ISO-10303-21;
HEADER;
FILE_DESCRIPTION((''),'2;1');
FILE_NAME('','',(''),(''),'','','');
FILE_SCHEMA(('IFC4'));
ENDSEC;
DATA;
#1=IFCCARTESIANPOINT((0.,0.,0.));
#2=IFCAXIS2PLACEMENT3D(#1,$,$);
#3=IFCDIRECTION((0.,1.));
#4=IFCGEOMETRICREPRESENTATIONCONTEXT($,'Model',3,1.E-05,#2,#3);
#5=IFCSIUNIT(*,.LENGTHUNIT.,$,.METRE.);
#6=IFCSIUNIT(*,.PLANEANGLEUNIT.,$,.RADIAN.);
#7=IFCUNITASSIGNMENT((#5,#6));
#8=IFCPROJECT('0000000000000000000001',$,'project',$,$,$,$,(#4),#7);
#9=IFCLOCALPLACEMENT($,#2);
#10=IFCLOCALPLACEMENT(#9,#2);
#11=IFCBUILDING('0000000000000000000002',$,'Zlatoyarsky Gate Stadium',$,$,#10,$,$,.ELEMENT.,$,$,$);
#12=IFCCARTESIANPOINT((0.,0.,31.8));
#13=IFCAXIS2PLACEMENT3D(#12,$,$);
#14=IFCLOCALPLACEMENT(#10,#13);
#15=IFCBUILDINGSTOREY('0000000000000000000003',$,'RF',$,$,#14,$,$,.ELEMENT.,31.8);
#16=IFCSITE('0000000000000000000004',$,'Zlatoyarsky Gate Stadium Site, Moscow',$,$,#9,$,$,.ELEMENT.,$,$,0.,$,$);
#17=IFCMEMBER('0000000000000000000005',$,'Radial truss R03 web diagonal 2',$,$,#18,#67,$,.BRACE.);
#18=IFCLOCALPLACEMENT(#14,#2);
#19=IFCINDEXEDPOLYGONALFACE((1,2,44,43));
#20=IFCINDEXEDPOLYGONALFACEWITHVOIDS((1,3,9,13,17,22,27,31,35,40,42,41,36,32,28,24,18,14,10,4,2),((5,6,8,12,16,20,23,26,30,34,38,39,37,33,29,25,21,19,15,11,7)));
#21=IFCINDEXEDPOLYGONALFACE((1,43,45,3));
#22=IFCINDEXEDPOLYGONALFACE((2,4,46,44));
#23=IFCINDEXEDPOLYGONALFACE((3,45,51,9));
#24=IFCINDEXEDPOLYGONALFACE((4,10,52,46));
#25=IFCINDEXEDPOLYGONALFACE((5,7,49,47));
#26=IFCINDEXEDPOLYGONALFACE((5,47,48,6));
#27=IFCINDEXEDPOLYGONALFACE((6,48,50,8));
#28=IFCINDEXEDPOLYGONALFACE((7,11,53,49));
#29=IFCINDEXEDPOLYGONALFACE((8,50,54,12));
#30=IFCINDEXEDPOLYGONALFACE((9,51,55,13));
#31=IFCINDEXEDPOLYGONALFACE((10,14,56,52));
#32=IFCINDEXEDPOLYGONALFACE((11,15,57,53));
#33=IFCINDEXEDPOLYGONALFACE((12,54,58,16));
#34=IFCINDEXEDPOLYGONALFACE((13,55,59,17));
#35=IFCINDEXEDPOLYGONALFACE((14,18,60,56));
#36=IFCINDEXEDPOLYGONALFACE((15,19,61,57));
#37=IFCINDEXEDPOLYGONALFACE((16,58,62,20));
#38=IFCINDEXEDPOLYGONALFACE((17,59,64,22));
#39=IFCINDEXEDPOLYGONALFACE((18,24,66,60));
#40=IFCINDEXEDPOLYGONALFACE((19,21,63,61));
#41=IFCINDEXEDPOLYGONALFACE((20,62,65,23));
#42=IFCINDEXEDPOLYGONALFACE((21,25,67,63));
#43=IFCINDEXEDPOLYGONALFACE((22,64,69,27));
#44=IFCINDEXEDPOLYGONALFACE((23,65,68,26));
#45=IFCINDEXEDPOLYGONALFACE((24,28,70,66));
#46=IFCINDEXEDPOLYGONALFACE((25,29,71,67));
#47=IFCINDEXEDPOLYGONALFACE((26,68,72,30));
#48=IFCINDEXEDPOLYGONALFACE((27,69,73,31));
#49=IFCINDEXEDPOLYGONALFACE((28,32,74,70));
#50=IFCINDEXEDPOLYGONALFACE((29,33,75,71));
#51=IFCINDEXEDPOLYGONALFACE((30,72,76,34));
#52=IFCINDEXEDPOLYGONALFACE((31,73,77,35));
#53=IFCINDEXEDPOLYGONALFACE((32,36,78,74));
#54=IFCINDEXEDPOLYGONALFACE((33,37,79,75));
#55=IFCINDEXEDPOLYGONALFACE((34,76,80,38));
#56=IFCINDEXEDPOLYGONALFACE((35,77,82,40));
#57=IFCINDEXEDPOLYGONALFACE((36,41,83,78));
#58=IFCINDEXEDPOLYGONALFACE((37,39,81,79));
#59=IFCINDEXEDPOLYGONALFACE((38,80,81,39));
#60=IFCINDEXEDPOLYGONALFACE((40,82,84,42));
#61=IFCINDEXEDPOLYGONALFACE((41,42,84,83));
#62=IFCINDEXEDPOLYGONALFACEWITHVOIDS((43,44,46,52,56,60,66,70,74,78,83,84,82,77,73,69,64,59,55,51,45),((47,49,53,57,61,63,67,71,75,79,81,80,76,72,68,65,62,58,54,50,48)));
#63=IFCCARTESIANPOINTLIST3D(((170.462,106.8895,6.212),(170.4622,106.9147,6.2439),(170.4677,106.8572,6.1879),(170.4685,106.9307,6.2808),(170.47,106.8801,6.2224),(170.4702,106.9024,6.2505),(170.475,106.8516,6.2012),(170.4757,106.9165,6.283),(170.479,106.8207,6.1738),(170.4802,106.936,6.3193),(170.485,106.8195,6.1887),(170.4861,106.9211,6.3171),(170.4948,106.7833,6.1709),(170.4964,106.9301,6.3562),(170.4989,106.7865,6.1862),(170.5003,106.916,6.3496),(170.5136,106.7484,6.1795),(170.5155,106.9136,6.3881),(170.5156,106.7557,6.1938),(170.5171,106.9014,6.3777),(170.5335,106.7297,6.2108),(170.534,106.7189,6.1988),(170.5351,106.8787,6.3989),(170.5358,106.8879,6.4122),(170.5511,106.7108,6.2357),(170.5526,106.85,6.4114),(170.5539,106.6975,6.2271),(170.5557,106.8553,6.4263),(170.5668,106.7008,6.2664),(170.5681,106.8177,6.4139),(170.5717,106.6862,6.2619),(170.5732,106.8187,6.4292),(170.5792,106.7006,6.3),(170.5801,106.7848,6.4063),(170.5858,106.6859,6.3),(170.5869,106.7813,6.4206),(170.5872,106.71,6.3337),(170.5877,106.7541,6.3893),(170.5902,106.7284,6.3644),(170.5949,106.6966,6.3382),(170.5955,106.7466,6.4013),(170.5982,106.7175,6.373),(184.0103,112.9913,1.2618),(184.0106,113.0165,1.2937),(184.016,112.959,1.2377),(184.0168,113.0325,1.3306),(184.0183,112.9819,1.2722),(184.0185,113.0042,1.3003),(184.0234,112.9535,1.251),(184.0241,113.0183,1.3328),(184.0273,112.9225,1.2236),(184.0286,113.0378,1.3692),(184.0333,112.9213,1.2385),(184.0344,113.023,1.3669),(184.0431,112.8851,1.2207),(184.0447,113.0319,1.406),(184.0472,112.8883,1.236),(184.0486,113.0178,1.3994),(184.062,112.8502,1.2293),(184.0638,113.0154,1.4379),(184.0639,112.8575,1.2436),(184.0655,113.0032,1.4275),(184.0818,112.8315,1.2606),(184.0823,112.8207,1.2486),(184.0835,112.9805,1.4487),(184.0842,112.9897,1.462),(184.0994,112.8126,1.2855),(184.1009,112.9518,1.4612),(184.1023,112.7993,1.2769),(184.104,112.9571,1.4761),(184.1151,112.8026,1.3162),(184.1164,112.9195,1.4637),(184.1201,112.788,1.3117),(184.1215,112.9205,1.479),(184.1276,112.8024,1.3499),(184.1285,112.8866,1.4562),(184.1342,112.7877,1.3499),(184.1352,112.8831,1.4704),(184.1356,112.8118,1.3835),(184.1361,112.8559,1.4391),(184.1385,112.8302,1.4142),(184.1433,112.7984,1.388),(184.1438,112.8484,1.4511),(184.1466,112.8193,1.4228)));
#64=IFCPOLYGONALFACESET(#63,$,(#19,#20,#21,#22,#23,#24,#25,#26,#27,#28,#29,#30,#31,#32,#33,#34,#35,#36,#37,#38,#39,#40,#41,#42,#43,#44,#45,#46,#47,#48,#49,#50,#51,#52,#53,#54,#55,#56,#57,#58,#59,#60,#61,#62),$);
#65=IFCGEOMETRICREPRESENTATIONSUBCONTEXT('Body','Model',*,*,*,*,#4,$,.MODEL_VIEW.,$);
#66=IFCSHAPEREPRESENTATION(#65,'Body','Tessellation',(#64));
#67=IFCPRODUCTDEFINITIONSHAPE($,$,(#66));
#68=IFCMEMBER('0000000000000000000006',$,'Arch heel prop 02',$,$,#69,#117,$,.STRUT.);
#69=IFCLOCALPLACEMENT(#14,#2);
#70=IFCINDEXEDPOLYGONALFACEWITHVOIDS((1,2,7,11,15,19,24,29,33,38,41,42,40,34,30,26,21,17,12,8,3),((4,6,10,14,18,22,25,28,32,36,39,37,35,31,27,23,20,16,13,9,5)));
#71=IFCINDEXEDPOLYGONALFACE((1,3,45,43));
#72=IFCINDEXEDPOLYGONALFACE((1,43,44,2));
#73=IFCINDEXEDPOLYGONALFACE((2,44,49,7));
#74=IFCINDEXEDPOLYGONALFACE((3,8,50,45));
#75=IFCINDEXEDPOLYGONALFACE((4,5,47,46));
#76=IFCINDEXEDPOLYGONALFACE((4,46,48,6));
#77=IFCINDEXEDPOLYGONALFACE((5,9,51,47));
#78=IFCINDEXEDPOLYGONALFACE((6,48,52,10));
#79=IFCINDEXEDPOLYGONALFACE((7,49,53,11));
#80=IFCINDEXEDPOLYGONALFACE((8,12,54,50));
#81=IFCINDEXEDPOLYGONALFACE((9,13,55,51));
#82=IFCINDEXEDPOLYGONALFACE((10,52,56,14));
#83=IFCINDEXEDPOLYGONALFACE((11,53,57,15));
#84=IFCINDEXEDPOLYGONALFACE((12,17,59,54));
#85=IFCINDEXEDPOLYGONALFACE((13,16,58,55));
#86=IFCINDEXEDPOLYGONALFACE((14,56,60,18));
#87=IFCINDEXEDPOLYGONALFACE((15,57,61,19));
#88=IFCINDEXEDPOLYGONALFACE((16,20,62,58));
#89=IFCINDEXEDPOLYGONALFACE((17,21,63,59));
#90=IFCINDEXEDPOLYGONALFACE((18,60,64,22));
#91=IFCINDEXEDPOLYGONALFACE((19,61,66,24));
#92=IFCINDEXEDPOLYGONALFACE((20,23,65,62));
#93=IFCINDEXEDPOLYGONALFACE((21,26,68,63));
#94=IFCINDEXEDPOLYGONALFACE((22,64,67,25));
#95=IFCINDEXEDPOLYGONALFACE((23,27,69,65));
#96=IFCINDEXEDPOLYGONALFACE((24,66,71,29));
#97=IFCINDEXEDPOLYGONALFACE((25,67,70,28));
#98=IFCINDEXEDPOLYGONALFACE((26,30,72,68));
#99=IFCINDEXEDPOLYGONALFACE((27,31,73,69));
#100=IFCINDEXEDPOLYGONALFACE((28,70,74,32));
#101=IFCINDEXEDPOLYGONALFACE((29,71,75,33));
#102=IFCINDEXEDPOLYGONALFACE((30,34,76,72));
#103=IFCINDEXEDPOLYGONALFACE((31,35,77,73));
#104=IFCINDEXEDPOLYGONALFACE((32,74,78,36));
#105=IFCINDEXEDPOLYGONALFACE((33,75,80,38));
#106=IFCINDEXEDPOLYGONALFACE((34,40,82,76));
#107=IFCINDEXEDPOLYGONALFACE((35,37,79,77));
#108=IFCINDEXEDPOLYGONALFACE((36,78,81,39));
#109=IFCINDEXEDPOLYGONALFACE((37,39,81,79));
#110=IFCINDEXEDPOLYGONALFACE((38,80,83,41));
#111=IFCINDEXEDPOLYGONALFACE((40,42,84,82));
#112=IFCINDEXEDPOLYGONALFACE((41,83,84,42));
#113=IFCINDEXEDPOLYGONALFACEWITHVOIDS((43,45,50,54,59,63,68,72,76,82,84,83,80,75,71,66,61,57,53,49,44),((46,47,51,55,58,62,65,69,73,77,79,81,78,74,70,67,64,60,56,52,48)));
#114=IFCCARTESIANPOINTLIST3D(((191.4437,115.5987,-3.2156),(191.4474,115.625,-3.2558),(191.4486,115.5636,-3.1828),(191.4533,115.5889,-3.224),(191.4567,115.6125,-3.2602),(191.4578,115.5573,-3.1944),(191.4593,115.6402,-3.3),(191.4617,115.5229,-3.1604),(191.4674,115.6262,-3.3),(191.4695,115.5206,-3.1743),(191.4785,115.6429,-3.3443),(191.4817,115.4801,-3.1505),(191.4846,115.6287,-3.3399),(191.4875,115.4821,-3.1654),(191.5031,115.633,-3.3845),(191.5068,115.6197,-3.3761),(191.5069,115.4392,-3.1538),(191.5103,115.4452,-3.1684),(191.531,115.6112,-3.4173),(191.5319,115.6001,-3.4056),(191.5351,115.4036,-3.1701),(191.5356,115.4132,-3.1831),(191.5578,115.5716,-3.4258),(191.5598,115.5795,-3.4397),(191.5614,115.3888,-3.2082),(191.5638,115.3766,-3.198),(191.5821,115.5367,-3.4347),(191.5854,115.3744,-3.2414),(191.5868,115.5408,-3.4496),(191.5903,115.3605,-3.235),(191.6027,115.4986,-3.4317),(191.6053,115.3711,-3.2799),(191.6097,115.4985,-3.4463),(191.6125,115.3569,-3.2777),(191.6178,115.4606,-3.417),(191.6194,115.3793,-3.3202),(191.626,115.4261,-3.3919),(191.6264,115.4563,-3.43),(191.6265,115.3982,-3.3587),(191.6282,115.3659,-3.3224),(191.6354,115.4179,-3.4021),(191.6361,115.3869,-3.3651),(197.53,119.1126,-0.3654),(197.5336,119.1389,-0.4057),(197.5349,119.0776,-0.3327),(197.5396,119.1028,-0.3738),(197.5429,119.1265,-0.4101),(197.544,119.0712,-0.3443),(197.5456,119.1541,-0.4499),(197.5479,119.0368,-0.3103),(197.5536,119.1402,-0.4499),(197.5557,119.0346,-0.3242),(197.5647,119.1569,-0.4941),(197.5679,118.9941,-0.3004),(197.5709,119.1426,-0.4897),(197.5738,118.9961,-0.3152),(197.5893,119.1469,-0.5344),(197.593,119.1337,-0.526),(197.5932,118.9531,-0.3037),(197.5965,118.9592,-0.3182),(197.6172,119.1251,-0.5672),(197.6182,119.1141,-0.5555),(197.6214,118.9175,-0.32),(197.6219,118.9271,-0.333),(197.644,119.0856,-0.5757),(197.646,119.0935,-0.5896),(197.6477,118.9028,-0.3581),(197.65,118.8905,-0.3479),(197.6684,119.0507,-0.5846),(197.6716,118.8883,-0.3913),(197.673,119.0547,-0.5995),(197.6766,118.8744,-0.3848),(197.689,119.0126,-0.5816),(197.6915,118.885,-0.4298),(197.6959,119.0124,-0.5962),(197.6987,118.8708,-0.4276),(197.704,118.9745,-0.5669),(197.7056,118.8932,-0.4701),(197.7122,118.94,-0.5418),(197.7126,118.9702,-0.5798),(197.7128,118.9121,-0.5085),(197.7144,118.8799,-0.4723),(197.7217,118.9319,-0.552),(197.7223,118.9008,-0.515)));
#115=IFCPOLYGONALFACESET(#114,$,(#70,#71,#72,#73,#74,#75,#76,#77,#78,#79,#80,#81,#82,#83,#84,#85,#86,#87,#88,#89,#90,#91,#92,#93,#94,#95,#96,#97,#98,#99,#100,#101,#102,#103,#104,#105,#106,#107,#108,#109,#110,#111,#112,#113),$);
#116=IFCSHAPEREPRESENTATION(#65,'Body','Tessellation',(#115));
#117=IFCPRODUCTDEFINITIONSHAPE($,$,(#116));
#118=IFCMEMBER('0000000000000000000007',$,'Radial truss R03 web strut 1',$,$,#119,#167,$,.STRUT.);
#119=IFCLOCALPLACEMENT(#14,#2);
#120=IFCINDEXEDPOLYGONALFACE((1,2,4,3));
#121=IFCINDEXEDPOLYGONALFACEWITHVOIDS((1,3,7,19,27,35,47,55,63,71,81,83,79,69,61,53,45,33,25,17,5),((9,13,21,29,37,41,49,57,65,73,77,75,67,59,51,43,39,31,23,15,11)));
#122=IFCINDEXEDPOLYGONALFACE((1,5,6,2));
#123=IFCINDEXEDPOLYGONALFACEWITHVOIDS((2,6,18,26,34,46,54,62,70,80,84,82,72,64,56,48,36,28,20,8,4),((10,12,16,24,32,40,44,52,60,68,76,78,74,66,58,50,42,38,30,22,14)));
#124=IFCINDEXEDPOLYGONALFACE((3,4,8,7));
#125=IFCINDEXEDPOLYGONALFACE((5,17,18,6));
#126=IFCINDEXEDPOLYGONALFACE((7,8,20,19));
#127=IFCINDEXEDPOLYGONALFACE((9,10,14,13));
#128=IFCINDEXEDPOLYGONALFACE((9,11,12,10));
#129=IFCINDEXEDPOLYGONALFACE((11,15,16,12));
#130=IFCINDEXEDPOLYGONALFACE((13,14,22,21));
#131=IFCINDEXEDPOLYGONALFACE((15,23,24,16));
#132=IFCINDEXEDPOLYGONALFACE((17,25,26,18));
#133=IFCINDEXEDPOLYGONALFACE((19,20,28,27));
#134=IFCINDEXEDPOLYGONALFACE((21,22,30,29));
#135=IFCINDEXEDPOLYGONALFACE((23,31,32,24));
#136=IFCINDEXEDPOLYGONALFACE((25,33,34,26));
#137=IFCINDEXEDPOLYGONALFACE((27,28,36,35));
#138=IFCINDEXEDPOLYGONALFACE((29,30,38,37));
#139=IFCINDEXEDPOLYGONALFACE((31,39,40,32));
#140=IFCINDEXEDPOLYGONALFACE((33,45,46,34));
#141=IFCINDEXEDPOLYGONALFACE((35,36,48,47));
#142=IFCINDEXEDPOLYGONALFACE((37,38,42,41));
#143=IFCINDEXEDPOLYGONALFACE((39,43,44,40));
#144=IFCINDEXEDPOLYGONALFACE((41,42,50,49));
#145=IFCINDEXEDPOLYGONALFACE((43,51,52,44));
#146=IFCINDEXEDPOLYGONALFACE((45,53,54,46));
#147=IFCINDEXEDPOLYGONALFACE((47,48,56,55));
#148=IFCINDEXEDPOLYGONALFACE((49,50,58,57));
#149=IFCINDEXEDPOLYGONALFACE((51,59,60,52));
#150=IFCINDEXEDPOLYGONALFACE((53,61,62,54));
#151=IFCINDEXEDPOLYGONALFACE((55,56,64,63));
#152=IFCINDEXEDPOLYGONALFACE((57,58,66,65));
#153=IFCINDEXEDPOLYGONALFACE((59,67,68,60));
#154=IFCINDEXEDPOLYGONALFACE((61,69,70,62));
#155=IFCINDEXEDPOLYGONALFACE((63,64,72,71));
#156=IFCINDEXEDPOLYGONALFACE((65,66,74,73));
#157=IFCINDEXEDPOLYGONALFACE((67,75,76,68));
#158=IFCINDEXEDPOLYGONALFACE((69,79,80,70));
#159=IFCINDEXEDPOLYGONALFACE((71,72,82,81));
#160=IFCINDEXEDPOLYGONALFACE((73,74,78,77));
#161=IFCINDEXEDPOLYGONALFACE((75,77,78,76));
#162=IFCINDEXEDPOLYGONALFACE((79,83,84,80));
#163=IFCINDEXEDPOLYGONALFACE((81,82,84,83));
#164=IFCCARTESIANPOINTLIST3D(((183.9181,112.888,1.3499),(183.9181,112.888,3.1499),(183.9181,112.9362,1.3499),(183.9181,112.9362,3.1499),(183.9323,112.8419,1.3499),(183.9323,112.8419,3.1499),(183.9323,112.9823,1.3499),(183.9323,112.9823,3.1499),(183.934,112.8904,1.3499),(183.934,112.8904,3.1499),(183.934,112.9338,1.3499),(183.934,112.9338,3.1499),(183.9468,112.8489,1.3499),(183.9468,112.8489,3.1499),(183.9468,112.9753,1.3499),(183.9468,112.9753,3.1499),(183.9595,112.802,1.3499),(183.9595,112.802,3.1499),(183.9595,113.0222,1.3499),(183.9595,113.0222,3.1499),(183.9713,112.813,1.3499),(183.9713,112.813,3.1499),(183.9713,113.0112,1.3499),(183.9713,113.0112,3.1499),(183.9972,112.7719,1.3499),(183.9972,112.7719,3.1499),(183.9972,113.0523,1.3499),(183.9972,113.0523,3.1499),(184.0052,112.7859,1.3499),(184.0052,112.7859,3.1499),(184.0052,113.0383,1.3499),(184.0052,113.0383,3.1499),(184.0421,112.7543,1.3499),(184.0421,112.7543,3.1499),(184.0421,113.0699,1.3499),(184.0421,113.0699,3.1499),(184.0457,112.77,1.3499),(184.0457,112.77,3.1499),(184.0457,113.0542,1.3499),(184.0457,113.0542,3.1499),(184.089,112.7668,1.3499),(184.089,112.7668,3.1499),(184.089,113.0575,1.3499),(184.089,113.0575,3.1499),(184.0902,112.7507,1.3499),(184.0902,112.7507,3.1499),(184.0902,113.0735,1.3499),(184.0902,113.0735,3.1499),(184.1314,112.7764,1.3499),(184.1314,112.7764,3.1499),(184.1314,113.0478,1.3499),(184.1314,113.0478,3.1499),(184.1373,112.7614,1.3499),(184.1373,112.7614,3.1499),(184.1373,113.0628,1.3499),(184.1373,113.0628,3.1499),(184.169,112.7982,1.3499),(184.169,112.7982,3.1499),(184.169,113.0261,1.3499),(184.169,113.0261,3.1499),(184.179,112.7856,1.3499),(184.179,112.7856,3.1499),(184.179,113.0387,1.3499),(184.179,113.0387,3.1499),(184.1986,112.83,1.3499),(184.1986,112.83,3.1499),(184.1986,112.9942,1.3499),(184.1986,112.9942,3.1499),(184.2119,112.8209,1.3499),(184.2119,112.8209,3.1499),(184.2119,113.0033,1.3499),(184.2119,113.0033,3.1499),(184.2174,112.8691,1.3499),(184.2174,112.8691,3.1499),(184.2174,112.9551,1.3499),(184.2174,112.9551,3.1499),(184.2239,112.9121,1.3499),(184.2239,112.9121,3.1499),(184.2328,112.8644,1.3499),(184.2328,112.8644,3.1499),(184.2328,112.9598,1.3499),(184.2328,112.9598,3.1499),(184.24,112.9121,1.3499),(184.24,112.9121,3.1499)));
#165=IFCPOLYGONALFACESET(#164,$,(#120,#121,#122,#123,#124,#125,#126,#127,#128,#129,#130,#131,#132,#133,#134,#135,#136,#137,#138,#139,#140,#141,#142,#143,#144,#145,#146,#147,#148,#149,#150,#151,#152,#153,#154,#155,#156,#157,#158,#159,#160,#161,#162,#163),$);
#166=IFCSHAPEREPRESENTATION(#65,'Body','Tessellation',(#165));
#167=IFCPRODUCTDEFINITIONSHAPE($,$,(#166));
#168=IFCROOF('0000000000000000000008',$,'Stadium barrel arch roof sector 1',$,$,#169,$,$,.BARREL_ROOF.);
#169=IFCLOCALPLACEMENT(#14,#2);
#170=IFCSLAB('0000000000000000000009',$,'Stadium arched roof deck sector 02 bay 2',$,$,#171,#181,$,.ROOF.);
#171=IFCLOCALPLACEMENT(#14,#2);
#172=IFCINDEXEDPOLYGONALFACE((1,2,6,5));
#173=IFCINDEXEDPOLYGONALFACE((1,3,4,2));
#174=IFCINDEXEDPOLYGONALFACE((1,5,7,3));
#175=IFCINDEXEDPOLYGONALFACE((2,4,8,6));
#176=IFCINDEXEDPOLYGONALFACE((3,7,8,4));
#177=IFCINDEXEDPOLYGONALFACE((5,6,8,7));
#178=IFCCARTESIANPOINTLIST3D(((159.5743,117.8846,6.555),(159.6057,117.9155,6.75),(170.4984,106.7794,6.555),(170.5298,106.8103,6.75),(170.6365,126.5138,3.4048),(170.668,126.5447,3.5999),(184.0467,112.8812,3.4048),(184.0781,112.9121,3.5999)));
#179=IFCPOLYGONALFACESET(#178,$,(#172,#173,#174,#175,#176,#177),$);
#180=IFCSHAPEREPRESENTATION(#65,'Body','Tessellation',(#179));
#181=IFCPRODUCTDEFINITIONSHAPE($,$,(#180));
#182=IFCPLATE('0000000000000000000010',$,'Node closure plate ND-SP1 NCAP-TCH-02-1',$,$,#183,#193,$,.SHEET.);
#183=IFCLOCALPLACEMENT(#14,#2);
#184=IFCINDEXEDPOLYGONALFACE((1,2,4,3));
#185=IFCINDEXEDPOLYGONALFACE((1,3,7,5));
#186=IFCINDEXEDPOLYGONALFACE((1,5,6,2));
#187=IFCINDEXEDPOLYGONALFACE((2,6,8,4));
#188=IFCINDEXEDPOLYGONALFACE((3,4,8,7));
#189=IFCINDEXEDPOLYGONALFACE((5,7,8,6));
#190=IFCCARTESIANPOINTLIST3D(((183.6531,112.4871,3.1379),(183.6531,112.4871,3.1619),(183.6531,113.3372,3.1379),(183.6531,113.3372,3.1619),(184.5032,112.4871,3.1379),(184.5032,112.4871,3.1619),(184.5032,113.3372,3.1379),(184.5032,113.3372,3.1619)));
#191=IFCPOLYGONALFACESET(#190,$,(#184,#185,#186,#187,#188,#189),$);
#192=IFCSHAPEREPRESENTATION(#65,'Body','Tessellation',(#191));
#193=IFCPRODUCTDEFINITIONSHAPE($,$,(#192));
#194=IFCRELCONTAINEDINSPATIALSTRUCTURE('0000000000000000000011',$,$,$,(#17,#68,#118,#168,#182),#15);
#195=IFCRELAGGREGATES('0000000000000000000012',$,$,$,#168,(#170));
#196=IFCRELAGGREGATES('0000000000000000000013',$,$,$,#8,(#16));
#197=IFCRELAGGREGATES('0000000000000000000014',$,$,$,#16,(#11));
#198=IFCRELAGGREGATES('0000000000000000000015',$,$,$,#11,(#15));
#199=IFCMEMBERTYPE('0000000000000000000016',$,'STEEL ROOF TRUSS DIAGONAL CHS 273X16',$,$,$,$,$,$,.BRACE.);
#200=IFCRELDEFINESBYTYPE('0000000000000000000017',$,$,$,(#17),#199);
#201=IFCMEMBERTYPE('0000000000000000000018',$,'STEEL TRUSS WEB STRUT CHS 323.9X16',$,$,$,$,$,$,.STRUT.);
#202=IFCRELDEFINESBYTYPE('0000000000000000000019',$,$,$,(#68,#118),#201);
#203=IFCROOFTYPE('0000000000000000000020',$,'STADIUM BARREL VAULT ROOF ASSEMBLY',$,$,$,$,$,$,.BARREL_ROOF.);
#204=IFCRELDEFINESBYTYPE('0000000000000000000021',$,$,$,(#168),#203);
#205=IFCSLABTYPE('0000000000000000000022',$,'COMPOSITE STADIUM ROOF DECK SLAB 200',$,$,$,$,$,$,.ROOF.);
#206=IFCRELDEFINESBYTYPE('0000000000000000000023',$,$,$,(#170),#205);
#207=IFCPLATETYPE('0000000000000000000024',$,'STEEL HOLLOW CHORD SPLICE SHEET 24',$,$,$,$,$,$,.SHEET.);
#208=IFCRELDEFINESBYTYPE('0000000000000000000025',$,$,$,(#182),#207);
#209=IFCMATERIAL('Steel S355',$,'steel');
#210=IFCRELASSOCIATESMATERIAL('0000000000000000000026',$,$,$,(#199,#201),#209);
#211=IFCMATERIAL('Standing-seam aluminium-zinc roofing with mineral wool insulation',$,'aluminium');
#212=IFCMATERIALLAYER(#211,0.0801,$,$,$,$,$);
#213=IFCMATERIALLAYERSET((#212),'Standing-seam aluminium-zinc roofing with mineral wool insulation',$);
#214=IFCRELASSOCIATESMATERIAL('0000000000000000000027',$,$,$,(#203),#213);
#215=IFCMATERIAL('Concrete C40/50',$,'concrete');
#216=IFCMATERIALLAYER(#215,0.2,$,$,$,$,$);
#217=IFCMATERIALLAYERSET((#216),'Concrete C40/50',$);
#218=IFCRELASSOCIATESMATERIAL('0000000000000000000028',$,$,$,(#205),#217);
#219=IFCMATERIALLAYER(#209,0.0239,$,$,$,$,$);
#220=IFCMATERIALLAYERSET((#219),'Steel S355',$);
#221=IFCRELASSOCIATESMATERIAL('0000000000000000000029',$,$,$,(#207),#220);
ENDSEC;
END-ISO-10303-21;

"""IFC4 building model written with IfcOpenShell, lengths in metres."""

from ifc_helpers import new_model, si_unit, direction, frame, origin, origin_2d, place, context, subcontext, project, spatial, polyline, rectangle, hollow_circle, outline, extrude, material, layer, layer_set, material_profile, profile_set, type_object, element, aggregate, save


model = new_model("IFC4")

# Units and contexts
model_context = context("Model", 3, precision=1e-05, world=origin(), true_north=direction((0.0, 1.0)))
body_context = subcontext(model_context, "Body", "Model", "MODEL_VIEW")
ifc_project = project(units=[si_unit("LENGTHUNIT", "METRE"), si_unit("PLANEANGLEUNIT", "RADIAN")], contexts=[model_context])

# Site, building, storey
site_placement = place(None, origin())
site = spatial("IfcSite", under=ifc_project, at=site_placement, Name="Zlatoyarsky Gate Stadium Site, Moscow", CompositionType="ELEMENT", RefElevation=0.0)
building_placement = place(site_placement, origin())
building = spatial("IfcBuilding", under=site, at=building_placement, Name="Zlatoyarsky Gate Stadium", CompositionType="ELEMENT")
storey_placement = place(building_placement, frame((0.0, 0.0, 31.8)))
storey = spatial("IfcBuildingStorey", under=building, at=storey_placement, Name="RF", CompositionType="ELEMENT", Elevation=31.8)

# Shared definitions
ifc_material_1 = material(Name="Steel S355", Category="steel")

# Members
ifc_material_profile_1 = material_profile(ifc_material_1, hollow_circle(Radius=0.1365, WallThickness=0.0161, at=origin_2d()), Name="CHS 273X16")
ifc_profile_set_1 = profile_set([ifc_material_profile_1], Name="Steel S355")
member_type_1 = type_object("IfcMemberType", Name="STEEL ROOF TRUSS DIAGONAL CHS 273X16", PredefinedType="BRACE", material=ifc_profile_set_1)
member_1_placement = place(storey_placement, frame((184.0781, 112.9121, 1.3499), z_axis=(-0.865053, -0.389596, 0.316067), x_axis=(0.410647, -0.911794, 0.0)))
element("IfcMember", 1, at=member_1_placement, inside=storey, type_object=member_type_1, Name="Radial truss R03 web diagonal 2", PredefinedType="BRACE", context=body_context, shape_type="SweptSolid", body=[
    extrude(hollow_circle(Radius=0.1365, WallThickness=0.0161, at=origin_2d()), origin(), (0.0, 0.0, 1.0), 15.6619),
])
ifc_material_profile_2 = material_profile(ifc_material_1, hollow_circle(Radius=0.1619, WallThickness=0.0161, at=origin_2d()), Name="CHS 323.9X16")
ifc_profile_set_2 = profile_set([ifc_material_profile_2], Name="Steel S355")
member_type_2 = type_object("IfcMemberType", Name="STEEL TRUSS WEB STRUT CHS 323.9X16", PredefinedType="STRUT", material=ifc_profile_set_2)
member_2_placement = place(storey_placement, frame((191.5403, 115.5, -3.3), z_axis=(0.802536, 0.463352, 0.37582), x_axis=(-0.500006, 0.866022, 0.0)))
element("IfcMember", 2, at=member_2_placement, inside=storey, type_object=member_type_2, Name="Arch heel prop 02", PredefinedType="STRUT", context=body_context, shape_type="SweptSolid", body=[
    extrude(hollow_circle(Radius=0.1619, WallThickness=0.0161, at=origin_2d()), origin(), (0.0, 0.0, 1.0), 7.5837),
])
member_3_placement = place(storey_placement, frame((184.0781, 112.9121, 1.3499), z_axis=(0.0, 0.0, 1.0), x_axis=(1.0, 0.0, 0.0)))
element("IfcMember", 3, at=member_3_placement, inside=storey, type_object=member_type_2, Name="Radial truss R03 web strut 1", PredefinedType="STRUT", context=body_context, shape_type="SweptSolid", body=[
    extrude(hollow_circle(Radius=0.1619, WallThickness=0.0161, at=origin_2d()), origin(), (0.0, 0.0, 1.0), 1.8),
])

# Roof, slab
ifc_material_2 = material(Name="Standing-seam aluminium-zinc roofing with mineral wool insulation", Category="aluminium")
ifc_layer_1 = layer(ifc_material_2, 0.0801)
ifc_layer_set_1 = layer_set([ifc_layer_1], Name="Standing-seam aluminium-zinc roofing with mineral wool insulation")
roof_type = type_object("IfcRoofType", Name="STADIUM BARREL VAULT ROOF ASSEMBLY", PredefinedType="BARREL_ROOF", material=ifc_layer_set_1)
roof_placement = place(storey_placement, origin())
roof = element("IfcRoof", 4, at=roof_placement, inside=storey, type_object=roof_type, Name="Stadium barrel arch roof sector 1", PredefinedType="BARREL_ROOF")
ifc_material_3 = material(Name="Concrete C40/50", Category="concrete")
ifc_layer_2 = layer(ifc_material_3, 0.2)
ifc_layer_set_2 = layer_set([ifc_layer_2], Name="Concrete C40/50")
slab_type = type_object("IfcSlabType", Name="COMPOSITE STADIUM ROOF DECK SLAB 200", PredefinedType="ROOF", material=ifc_layer_set_2)
slab_placement = place(storey_placement, frame((184.0781, 112.9121, 3.5999), z_axis=(0.157163, 0.1546, 0.975397), x_axis=(-0.701268, 0.712898, 0.0)))
slab = element("IfcSlab", 5, at=slab_placement, type_object=slab_type, Name="Stadium arched roof deck sector 02 bay 2", PredefinedType="ROOF", context=body_context, shape_type="SweptSolid", body=[
    extrude(outline(polyline([(0.0, 0.0), (19.1227, 0.0), (20.7286, 14.2892), (5.151, 14.2891), (0.0, 0.0)])), origin(), (0.0, 0.0, -1.0), 0.2),
])

# Plate
ifc_layer_3 = layer(ifc_material_1, 0.0239)
ifc_layer_set_3 = layer_set([ifc_layer_3], Name="Steel S355")
plate_type_1 = type_object("IfcPlateType", Name="STEEL HOLLOW CHORD SPLICE SHEET 24", PredefinedType="SHEET", material=ifc_layer_set_3)
plate_1_placement = place(storey_placement, frame((184.0781, 112.9121, 3.1379), z_axis=(0.0, 0.0, 1.0), x_axis=(1.0, 0.0, 0.0)))
element("IfcPlate", 6, at=plate_1_placement, inside=storey, type_object=plate_type_1, Name="Node closure plate ND-SP1 NCAP-TCH-02-1", PredefinedType="SHEET", context=body_context, shape_type="SweptSolid", body=[
    extrude(rectangle(XDim=0.8501, YDim=0.8501, at=origin_2d()), origin(), (0.0, 0.0, 1.0), 0.0239),
])

aggregate(roof, [slab])

save(model, "model.ifc")
